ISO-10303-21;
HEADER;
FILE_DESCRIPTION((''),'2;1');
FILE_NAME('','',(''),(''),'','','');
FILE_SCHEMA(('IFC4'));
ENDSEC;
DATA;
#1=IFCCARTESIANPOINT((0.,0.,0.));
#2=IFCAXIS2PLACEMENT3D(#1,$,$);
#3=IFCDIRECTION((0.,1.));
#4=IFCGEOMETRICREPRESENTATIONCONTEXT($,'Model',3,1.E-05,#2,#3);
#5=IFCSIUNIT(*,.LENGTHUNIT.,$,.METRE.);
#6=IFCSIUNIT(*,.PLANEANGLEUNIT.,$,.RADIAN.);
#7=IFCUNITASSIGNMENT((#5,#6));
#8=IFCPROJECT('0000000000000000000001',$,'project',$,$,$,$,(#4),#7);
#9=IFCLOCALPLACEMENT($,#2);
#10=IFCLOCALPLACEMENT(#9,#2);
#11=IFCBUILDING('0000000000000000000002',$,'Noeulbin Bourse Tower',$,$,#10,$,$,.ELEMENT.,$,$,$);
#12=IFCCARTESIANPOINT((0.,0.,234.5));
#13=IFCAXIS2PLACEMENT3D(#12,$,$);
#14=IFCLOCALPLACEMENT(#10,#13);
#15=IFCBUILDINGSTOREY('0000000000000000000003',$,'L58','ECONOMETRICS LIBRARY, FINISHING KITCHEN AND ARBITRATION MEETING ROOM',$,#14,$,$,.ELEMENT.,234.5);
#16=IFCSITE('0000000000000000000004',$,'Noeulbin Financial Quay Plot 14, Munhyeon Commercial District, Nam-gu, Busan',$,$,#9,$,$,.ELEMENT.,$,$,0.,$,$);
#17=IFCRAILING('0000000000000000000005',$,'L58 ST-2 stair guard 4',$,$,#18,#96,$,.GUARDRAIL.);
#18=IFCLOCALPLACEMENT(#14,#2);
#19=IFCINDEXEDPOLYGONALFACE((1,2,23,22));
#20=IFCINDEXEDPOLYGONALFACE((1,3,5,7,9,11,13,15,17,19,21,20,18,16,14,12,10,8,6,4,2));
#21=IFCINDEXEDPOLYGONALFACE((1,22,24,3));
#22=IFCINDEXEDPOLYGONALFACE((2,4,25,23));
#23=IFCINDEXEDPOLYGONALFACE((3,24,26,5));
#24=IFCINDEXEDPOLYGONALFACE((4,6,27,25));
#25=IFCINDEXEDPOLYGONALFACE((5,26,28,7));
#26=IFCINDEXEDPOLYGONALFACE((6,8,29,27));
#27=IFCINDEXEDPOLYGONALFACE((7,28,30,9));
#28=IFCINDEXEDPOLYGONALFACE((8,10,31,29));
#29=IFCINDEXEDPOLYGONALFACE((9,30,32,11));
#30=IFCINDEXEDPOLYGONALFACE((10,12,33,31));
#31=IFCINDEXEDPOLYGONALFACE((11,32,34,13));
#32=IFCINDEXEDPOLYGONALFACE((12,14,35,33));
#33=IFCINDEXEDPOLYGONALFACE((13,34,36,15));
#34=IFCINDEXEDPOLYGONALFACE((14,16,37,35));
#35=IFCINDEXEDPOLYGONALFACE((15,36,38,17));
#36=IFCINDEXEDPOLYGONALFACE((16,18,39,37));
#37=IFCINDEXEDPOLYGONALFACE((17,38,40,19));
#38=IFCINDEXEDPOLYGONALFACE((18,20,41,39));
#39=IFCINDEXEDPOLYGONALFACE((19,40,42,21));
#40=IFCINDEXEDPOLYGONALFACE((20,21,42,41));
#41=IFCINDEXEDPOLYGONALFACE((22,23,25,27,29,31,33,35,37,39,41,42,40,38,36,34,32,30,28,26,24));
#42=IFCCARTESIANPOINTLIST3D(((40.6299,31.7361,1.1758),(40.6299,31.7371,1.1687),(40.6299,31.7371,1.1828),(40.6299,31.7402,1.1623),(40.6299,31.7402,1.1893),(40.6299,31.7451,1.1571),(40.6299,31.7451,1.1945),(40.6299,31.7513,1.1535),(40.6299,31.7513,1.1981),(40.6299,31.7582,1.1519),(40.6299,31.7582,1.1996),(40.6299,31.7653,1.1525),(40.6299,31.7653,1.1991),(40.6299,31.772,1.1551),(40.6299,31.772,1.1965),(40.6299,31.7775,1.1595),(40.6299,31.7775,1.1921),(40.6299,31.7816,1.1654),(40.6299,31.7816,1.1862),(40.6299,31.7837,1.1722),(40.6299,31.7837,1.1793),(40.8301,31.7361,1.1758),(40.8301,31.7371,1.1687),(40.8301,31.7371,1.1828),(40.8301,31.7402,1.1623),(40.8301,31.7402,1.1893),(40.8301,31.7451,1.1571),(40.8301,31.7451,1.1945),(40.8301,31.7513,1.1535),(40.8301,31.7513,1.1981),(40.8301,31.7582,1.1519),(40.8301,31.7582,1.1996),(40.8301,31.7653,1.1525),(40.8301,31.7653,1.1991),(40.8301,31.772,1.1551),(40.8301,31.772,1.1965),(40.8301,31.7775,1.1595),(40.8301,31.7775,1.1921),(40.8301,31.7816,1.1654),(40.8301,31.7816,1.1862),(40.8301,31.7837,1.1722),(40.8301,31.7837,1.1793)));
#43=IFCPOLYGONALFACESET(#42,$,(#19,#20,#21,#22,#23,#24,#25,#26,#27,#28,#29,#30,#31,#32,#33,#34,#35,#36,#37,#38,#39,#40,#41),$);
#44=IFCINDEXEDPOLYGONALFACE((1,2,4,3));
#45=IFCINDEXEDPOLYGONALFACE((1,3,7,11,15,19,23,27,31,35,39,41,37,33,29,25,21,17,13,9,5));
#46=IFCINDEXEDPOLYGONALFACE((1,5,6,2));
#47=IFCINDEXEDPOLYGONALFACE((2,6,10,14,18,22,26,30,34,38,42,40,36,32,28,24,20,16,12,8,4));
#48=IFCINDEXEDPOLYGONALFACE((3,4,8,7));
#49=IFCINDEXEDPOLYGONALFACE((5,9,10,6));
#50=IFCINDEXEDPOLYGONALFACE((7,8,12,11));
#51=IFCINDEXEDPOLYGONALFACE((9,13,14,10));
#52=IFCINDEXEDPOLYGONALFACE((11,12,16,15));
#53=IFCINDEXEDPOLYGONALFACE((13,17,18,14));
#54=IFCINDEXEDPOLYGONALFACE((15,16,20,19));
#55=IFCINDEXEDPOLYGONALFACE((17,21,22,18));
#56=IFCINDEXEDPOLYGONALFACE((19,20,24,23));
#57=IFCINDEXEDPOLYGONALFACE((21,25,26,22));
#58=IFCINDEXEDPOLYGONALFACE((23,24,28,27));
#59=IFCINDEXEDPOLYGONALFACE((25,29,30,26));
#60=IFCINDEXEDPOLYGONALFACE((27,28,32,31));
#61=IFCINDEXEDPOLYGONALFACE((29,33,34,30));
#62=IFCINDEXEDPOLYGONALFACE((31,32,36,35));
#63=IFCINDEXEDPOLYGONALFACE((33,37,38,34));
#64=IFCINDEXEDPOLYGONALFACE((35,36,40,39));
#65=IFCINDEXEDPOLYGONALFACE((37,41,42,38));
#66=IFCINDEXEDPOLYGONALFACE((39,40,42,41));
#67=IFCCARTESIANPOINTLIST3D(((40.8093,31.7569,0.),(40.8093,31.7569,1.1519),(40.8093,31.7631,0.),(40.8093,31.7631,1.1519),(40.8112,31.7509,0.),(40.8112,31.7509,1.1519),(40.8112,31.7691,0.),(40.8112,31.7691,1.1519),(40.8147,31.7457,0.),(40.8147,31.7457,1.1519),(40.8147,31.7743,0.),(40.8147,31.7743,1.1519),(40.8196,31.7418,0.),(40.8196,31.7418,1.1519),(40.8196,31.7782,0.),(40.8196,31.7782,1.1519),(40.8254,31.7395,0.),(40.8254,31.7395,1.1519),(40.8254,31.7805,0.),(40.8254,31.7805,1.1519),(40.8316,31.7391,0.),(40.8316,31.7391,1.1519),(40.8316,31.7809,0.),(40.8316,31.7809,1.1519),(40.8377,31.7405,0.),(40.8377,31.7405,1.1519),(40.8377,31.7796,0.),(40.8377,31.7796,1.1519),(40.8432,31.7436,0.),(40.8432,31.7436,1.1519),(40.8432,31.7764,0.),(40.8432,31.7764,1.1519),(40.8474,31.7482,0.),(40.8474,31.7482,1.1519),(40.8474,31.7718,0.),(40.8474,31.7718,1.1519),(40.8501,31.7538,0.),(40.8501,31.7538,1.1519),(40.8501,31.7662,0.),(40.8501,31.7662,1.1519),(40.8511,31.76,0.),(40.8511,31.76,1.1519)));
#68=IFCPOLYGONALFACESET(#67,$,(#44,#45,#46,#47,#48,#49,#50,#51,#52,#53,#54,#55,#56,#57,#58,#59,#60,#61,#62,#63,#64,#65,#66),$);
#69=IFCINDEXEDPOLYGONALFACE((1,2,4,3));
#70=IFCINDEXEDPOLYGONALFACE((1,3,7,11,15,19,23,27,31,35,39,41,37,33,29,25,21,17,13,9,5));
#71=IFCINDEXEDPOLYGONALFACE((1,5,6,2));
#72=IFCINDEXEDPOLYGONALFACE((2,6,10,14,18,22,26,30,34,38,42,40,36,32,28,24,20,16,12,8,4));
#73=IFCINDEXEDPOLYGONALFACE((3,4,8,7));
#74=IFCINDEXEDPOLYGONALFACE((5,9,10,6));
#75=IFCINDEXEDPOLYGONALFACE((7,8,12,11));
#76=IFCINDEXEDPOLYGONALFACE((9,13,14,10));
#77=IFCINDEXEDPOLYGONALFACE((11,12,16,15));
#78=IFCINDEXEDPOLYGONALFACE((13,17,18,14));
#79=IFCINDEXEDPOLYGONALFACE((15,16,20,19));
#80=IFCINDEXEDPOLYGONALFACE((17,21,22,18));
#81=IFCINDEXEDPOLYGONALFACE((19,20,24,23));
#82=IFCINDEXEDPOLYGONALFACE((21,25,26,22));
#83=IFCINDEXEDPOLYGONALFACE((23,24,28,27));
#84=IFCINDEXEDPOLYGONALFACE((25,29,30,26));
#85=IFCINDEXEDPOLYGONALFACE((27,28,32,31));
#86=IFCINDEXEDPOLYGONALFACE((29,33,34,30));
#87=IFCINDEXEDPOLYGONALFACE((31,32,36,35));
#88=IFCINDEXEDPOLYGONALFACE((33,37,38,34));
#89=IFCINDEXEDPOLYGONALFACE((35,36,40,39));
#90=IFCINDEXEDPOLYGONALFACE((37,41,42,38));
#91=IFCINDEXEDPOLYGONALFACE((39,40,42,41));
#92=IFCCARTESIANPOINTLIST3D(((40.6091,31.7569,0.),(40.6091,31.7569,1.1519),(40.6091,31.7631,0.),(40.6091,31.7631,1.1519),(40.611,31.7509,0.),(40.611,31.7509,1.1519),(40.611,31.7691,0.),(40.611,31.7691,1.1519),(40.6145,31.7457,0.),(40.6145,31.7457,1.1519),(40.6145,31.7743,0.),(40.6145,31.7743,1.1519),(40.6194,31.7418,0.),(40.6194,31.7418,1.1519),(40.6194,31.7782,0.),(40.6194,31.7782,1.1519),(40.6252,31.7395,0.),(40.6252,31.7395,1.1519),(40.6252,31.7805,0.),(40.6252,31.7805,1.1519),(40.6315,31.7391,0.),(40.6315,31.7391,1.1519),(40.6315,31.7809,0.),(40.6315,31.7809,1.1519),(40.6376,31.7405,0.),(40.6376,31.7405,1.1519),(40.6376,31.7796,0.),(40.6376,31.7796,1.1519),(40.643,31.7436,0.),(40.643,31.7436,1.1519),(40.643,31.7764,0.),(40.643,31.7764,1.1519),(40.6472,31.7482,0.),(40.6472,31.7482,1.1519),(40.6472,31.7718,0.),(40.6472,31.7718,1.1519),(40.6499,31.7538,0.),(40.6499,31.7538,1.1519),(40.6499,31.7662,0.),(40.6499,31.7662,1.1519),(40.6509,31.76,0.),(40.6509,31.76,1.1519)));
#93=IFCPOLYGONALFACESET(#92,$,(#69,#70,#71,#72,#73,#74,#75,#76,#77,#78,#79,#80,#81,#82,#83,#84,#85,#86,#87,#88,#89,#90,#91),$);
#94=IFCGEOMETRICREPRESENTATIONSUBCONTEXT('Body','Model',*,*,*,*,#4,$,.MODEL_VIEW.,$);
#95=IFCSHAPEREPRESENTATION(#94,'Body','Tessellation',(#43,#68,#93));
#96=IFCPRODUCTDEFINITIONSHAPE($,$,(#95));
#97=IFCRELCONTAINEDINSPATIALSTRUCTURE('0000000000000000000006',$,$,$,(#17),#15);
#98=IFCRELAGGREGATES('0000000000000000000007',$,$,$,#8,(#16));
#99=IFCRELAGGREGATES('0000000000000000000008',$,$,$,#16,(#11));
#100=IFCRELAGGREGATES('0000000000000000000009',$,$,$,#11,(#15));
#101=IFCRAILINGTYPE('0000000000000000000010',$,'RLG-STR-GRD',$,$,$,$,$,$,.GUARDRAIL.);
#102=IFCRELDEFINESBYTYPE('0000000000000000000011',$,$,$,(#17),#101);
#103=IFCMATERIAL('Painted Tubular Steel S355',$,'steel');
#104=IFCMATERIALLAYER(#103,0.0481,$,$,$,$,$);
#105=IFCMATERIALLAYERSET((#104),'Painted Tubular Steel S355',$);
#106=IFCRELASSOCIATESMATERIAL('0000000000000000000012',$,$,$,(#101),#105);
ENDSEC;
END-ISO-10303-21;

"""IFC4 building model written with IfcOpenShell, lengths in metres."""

from ifc_helpers import new_model, si_unit, direction, frame, origin, origin_2d, place, context, subcontext, project, spatial, circle, extrude, material, layer, layer_set, type_object, element, save


model = new_model("IFC4")

# Units and contexts
model_context = context("Model", 3, precision=1e-05, world=origin(), true_north=direction((0.0, 1.0)))
body_context = subcontext(model_context, "Body", "Model", "MODEL_VIEW")
ifc_project = project(units=[si_unit("LENGTHUNIT", "METRE"), si_unit("PLANEANGLEUNIT", "RADIAN")], contexts=[model_context])

# Site, building, storey
site_placement = place(None, origin())
site = spatial("IfcSite", under=ifc_project, at=site_placement, Name="Noeulbin Financial Quay Plot 14, Munhyeon Commercial District, Nam-gu, Busan", CompositionType="ELEMENT", RefElevation=0.0)
building_placement = place(site_placement, origin())
building = spatial("IfcBuilding", under=site, at=building_placement, Name="Noeulbin Bourse Tower", CompositionType="ELEMENT")
storey_placement = place(building_placement, frame((0.0, 0.0, 234.5)))
storey = spatial("IfcBuildingStorey", under=building, at=storey_placement, Name="L58", Description="ECONOMETRICS LIBRARY, FINISHING KITCHEN AND ARBITRATION MEETING ROOM", CompositionType="ELEMENT", Elevation=234.5)

# Railing
ifc_material_1 = material(Name="Painted Tubular Steel S355", Category="steel")
ifc_layer_1 = layer(ifc_material_1, 0.0481)
ifc_layer_set_1 = layer_set([ifc_layer_1], Name="Painted Tubular Steel S355")
railing_type_1 = type_object("IfcRailingType", Name="RLG-STR-GRD", PredefinedType="GUARDRAIL", material=ifc_layer_set_1)
railing_1_placement = place(storey_placement, frame((40.8301, 31.76, 0.0)))
element("IfcRailing", 1, at=railing_1_placement, inside=storey, type_object=railing_type_1, Name="L58 ST-2 stair guard 4", PredefinedType="GUARDRAIL", context=body_context, shape_type="SweptSolid", body=[
    extrude(circle(Radius=0.0239, at=origin_2d()), frame((0.0, 0.0, 1.1758), z_axis=(-1.0, 0.0, 0.0), x_axis=(0.0, -1.0, 0.0)), (0.0, 0.0, 1.0), 0.2002),
    extrude(circle(Radius=0.021, at=origin_2d()), origin(), (0.0, 0.0, 1.0), 1.1519),
    extrude(circle(Radius=0.021, at=origin_2d()), frame((-0.2002, 0.0, 0.0)), (0.0, 0.0, 1.0), 1.1519),
])

save(model, "model.ifc")
